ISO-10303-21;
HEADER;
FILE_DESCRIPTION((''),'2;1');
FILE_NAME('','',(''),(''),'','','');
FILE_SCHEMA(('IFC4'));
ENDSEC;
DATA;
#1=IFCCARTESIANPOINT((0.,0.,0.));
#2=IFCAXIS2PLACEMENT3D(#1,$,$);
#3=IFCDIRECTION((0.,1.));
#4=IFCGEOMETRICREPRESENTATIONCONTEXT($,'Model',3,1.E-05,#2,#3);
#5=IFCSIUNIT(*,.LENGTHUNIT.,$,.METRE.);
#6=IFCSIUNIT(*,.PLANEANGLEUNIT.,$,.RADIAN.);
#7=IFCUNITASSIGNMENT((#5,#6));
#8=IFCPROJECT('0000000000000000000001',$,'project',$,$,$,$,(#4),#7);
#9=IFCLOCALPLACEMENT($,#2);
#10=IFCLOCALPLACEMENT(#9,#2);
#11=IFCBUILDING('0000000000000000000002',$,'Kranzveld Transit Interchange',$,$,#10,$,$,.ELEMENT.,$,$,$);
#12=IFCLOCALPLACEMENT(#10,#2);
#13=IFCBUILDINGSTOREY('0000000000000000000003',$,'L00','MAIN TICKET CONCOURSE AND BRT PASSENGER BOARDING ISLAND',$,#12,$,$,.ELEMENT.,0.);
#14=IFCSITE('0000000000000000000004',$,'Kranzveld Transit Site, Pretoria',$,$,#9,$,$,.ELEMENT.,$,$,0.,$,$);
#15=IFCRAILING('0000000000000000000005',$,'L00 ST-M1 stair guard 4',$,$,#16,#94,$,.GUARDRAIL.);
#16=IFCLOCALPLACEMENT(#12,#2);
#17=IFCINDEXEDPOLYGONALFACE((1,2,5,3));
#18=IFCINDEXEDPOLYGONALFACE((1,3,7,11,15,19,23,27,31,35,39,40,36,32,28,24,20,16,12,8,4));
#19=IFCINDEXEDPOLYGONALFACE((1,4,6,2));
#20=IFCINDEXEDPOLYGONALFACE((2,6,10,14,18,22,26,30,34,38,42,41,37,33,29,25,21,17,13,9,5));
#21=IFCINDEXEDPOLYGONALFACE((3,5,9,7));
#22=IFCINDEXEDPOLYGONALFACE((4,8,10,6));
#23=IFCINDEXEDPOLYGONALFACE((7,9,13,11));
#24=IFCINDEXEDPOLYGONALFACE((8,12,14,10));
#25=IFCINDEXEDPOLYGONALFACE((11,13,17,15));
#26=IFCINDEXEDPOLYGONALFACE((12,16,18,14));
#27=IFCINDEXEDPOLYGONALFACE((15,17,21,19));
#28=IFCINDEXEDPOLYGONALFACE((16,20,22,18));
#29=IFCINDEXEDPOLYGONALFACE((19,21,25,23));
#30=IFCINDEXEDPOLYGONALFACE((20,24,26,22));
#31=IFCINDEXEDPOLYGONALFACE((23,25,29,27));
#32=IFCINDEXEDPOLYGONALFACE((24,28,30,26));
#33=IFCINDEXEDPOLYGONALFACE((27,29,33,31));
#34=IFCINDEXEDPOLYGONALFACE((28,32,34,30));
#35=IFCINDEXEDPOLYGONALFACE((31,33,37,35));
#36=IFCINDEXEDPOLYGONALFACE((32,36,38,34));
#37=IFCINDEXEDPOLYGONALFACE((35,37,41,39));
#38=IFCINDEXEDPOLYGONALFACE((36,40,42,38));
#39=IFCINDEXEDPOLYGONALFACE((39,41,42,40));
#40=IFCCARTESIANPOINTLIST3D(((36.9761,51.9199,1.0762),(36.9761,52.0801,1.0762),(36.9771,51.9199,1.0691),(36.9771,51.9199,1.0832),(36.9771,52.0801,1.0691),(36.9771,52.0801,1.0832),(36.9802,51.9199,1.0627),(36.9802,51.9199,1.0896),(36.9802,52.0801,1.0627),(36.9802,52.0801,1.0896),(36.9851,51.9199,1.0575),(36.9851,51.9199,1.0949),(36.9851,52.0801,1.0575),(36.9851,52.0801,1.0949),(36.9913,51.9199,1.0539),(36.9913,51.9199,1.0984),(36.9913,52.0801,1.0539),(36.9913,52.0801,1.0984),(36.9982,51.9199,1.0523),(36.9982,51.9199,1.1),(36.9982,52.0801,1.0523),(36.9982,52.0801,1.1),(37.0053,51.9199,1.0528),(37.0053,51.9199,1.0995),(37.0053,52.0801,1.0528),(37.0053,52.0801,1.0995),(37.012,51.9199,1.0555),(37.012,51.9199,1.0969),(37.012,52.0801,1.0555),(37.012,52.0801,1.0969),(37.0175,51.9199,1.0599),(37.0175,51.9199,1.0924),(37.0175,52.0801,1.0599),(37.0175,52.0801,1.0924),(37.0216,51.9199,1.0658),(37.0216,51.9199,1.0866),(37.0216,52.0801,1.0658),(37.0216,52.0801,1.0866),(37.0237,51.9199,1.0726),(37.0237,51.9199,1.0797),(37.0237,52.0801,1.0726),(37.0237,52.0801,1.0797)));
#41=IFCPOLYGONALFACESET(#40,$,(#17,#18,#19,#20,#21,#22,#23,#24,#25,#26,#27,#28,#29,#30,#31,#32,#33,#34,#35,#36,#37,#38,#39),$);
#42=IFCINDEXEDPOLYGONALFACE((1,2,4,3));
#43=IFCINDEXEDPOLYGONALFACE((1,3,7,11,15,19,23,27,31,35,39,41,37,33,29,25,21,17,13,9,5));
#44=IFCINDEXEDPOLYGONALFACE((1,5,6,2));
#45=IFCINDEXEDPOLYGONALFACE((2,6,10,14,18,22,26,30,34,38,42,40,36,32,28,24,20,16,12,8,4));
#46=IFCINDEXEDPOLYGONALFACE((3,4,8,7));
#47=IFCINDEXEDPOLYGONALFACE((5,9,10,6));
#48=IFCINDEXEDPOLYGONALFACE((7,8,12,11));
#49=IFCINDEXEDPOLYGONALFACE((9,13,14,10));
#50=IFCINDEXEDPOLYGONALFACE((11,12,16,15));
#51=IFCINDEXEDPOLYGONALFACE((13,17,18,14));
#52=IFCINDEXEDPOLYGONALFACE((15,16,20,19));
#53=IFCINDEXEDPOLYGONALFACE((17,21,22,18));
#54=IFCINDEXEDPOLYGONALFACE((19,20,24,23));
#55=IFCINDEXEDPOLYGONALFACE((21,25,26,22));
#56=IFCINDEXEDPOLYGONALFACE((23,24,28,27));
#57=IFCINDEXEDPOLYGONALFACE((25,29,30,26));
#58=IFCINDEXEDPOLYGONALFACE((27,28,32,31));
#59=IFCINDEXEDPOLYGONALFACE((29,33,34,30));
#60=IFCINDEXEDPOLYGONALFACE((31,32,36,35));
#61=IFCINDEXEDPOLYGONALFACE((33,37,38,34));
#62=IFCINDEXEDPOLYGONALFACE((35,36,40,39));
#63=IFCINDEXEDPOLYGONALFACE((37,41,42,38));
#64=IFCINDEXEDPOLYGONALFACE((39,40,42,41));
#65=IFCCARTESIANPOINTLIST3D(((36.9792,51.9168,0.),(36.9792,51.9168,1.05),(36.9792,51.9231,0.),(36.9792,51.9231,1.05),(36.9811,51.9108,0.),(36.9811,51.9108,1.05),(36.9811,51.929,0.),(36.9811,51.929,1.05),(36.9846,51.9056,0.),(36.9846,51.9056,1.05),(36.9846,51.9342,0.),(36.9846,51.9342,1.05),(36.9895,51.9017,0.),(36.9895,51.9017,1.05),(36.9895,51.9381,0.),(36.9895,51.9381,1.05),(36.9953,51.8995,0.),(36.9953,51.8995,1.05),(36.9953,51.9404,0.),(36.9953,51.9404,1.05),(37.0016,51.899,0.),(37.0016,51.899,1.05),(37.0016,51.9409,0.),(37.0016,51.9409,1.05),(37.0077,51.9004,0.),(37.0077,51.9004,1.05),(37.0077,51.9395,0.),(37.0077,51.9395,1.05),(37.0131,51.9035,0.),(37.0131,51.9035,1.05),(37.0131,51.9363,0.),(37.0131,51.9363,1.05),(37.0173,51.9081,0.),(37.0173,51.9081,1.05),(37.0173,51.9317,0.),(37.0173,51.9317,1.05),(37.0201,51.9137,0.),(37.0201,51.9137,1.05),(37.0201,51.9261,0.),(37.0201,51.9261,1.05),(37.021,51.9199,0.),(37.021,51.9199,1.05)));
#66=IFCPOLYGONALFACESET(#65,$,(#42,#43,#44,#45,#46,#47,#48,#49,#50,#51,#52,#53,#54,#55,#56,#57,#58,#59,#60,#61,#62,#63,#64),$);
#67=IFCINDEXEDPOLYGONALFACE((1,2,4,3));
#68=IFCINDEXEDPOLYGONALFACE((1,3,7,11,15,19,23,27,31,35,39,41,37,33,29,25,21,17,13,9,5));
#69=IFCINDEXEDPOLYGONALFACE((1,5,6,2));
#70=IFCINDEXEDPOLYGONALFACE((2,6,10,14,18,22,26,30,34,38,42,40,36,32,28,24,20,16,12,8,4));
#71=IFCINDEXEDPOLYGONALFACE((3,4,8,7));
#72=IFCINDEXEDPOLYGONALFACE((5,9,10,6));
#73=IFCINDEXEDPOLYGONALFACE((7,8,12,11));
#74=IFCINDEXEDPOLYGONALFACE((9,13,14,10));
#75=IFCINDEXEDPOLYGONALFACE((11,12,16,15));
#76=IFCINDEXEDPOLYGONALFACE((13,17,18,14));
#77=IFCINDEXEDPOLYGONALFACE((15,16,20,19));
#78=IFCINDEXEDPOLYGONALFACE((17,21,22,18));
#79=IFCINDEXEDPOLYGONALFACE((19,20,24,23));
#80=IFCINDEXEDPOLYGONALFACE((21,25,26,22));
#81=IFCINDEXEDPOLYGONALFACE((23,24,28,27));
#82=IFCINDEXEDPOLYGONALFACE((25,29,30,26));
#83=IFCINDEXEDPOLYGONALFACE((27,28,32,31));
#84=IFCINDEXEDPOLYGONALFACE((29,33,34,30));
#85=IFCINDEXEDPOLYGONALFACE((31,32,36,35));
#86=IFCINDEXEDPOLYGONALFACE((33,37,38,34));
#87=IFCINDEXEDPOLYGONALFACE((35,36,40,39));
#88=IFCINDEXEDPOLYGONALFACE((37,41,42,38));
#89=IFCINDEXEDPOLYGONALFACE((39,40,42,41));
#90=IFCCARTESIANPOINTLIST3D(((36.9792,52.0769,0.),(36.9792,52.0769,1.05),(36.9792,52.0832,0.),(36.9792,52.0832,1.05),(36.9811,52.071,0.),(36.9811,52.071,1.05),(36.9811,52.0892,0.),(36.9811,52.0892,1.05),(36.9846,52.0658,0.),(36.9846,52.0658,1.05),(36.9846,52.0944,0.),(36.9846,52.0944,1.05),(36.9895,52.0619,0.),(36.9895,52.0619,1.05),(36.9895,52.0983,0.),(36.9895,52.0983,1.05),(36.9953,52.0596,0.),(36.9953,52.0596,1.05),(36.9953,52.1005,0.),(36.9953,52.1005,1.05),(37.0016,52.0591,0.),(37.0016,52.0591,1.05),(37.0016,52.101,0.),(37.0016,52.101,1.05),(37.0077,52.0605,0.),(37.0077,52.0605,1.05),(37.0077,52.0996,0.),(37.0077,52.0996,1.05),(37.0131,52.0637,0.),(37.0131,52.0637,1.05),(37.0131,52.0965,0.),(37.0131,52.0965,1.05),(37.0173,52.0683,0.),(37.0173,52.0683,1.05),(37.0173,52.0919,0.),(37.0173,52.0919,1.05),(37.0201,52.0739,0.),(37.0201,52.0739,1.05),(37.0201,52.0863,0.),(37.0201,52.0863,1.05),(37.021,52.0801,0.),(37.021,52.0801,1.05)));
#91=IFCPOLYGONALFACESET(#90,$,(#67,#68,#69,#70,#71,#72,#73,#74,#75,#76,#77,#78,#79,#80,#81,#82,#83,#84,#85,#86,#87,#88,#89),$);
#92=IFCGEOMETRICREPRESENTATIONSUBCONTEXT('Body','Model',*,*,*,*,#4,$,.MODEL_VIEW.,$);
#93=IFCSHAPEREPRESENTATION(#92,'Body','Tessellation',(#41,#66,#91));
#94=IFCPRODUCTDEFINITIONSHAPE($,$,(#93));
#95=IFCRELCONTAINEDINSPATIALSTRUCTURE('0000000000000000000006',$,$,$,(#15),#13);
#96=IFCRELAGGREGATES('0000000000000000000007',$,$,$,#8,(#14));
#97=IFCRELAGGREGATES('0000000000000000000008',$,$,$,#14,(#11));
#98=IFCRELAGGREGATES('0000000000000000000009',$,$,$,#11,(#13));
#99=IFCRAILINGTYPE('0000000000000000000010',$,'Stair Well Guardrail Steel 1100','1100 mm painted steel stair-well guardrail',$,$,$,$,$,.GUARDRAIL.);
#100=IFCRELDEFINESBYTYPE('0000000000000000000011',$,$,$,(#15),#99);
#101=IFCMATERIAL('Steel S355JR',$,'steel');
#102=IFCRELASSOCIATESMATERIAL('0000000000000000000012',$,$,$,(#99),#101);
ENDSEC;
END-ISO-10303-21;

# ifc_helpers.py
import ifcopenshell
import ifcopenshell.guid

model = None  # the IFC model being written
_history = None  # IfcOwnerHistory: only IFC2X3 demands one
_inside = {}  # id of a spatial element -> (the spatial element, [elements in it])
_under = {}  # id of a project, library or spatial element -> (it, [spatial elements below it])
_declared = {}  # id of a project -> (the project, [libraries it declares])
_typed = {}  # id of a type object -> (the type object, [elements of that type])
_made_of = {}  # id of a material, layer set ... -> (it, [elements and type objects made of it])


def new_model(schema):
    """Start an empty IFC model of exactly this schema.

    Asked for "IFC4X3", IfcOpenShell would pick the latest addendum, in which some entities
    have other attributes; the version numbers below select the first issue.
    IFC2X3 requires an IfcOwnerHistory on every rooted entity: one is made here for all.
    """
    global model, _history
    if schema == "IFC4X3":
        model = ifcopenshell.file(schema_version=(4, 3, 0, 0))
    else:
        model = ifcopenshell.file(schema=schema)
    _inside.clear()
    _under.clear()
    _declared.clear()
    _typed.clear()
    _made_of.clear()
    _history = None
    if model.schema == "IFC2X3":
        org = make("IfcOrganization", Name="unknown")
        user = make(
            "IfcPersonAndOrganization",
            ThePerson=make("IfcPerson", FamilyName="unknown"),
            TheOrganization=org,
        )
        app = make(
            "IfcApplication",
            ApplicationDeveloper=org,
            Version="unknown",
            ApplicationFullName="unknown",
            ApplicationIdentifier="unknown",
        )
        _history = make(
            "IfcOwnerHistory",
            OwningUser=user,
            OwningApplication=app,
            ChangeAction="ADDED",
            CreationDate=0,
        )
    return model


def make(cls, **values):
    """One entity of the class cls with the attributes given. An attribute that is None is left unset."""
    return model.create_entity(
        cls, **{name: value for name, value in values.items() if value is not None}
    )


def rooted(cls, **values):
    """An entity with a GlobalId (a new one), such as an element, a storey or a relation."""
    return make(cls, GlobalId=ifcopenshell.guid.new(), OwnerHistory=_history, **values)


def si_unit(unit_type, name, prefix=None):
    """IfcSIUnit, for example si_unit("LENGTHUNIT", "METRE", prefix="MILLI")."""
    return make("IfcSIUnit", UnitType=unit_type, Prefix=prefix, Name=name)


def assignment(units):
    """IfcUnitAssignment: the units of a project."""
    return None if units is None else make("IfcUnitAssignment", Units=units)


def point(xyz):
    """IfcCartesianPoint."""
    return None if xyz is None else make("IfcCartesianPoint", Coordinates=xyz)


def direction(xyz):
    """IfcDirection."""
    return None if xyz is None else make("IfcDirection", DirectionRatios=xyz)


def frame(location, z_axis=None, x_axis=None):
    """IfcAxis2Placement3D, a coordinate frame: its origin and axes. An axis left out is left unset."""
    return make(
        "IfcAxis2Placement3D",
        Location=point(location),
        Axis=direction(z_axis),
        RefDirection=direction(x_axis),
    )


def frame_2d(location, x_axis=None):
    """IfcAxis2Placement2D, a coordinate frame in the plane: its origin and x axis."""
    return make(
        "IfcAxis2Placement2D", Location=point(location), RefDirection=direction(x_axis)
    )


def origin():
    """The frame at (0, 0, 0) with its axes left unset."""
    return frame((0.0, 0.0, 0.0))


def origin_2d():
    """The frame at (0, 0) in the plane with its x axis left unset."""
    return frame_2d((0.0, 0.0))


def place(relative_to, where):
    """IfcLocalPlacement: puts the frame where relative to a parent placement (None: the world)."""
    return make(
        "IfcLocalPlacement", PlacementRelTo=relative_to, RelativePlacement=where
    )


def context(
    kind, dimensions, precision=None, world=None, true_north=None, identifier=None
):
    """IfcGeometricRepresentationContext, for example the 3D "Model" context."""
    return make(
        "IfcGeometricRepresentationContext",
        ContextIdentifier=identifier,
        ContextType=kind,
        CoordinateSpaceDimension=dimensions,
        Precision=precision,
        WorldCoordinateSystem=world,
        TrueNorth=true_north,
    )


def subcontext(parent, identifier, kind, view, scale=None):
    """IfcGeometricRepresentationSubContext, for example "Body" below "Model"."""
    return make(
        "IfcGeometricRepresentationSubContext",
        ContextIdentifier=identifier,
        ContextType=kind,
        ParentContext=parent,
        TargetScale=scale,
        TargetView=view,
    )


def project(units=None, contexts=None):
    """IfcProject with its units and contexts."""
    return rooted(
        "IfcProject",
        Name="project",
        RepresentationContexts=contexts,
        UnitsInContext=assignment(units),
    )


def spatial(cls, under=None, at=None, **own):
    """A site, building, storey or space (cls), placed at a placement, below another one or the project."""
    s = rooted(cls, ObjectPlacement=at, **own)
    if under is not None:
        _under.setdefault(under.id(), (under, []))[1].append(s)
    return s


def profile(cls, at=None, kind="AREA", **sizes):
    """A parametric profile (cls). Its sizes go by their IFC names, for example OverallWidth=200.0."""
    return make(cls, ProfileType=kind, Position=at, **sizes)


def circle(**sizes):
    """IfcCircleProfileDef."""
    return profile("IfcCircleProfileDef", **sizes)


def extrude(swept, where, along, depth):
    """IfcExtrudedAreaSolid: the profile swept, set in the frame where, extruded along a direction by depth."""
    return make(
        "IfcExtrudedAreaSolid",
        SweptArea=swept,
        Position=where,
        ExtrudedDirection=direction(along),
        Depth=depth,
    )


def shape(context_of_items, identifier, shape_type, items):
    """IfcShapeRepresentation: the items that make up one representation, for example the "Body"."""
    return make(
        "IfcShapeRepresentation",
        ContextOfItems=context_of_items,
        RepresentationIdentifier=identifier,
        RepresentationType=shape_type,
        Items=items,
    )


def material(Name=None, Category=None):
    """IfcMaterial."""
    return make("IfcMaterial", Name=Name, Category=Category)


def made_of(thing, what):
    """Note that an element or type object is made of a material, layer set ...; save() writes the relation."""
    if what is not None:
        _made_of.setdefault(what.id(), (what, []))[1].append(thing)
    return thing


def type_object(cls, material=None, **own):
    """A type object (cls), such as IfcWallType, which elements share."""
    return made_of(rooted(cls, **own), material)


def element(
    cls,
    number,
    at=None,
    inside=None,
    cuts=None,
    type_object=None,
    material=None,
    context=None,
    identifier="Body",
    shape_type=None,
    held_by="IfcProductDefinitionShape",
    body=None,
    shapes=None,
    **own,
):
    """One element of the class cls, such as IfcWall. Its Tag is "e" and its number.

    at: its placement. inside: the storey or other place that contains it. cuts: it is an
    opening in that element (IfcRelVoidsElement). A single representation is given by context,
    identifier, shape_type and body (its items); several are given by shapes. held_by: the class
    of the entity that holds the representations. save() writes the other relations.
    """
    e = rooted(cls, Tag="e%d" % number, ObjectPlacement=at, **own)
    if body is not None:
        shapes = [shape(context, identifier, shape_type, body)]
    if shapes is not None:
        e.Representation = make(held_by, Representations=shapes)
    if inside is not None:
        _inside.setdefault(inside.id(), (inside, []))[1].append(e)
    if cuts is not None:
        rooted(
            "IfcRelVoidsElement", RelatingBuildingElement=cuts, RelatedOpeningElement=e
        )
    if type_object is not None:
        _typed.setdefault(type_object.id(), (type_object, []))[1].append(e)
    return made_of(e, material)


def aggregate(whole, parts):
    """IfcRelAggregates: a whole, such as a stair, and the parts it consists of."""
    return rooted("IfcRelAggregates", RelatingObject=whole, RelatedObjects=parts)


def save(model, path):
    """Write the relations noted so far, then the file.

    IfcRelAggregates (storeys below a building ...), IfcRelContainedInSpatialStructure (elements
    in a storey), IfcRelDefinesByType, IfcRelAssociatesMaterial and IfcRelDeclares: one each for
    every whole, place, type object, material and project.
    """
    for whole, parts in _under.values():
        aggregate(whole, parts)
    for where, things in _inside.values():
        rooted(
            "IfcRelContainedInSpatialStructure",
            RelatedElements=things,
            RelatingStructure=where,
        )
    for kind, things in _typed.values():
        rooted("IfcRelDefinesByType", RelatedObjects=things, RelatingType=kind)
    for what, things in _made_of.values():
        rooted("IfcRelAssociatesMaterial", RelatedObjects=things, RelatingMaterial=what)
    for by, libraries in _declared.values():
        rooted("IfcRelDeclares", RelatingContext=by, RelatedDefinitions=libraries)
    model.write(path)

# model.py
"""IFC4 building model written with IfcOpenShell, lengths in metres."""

from ifc_helpers import new_model, si_unit, direction, frame, origin, origin_2d, place, context, subcontext, project, spatial, circle, extrude, material, type_object, element, save


model = new_model("IFC4")

# Units and contexts
model_context = context("Model", 3, precision=1e-05, world=origin(), true_north=direction((0.0, 1.0)))
body_context = subcontext(model_context, "Body", "Model", "MODEL_VIEW")
ifc_project = project(units=[si_unit("LENGTHUNIT", "METRE"), si_unit("PLANEANGLEUNIT", "RADIAN")], contexts=[model_context])

# Site, building, storey
site_placement = place(None, origin())
site = spatial("IfcSite", under=ifc_project, at=site_placement, Name="Kranzveld Transit Site, Pretoria", CompositionType="ELEMENT", RefElevation=0.0)
building_placement = place(site_placement, origin())
building = spatial("IfcBuilding", under=site, at=building_placement, Name="Kranzveld Transit Interchange", CompositionType="ELEMENT")
storey_placement = place(building_placement, origin())
storey = spatial("IfcBuildingStorey", under=building, at=storey_placement, Name="L00", Description="MAIN TICKET CONCOURSE AND BRT PASSENGER BOARDING ISLAND", CompositionType="ELEMENT", Elevation=0.0)

# Railing
ifc_material_1 = material(Name="Steel S355JR", Category="steel")
railing_type_1 = type_object("IfcRailingType", Name="Stair Well Guardrail Steel 1100", Description="1100 mm painted steel stair-well guardrail", PredefinedType="GUARDRAIL", material=ifc_material_1)
railing_1_placement = place(storey_placement, frame((37.0, 51.9199, 0.0)))
element("IfcRailing", 1, at=railing_1_placement, inside=storey, type_object=railing_type_1, Name="L00 ST-M1 stair guard 4", PredefinedType="GUARDRAIL", context=body_context, shape_type="SweptSolid", body=[
    extrude(circle(Radius=0.0239, at=origin_2d()), frame((0.0, 0.0, 1.0762), z_axis=(0.0, 1.0, 0.0), x_axis=(-1.0, 0.0, 0.0)), (0.0, 0.0, 1.0), 0.1602),
    extrude(circle(Radius=0.021, at=origin_2d()), origin(), (0.0, 0.0, 1.0), 1.05),
    extrude(circle(Radius=0.021, at=origin_2d()), frame((0.0, 0.1602, 0.0)), (0.0, 0.0, 1.0), 1.05),
])

save(model, "model.ifc")
